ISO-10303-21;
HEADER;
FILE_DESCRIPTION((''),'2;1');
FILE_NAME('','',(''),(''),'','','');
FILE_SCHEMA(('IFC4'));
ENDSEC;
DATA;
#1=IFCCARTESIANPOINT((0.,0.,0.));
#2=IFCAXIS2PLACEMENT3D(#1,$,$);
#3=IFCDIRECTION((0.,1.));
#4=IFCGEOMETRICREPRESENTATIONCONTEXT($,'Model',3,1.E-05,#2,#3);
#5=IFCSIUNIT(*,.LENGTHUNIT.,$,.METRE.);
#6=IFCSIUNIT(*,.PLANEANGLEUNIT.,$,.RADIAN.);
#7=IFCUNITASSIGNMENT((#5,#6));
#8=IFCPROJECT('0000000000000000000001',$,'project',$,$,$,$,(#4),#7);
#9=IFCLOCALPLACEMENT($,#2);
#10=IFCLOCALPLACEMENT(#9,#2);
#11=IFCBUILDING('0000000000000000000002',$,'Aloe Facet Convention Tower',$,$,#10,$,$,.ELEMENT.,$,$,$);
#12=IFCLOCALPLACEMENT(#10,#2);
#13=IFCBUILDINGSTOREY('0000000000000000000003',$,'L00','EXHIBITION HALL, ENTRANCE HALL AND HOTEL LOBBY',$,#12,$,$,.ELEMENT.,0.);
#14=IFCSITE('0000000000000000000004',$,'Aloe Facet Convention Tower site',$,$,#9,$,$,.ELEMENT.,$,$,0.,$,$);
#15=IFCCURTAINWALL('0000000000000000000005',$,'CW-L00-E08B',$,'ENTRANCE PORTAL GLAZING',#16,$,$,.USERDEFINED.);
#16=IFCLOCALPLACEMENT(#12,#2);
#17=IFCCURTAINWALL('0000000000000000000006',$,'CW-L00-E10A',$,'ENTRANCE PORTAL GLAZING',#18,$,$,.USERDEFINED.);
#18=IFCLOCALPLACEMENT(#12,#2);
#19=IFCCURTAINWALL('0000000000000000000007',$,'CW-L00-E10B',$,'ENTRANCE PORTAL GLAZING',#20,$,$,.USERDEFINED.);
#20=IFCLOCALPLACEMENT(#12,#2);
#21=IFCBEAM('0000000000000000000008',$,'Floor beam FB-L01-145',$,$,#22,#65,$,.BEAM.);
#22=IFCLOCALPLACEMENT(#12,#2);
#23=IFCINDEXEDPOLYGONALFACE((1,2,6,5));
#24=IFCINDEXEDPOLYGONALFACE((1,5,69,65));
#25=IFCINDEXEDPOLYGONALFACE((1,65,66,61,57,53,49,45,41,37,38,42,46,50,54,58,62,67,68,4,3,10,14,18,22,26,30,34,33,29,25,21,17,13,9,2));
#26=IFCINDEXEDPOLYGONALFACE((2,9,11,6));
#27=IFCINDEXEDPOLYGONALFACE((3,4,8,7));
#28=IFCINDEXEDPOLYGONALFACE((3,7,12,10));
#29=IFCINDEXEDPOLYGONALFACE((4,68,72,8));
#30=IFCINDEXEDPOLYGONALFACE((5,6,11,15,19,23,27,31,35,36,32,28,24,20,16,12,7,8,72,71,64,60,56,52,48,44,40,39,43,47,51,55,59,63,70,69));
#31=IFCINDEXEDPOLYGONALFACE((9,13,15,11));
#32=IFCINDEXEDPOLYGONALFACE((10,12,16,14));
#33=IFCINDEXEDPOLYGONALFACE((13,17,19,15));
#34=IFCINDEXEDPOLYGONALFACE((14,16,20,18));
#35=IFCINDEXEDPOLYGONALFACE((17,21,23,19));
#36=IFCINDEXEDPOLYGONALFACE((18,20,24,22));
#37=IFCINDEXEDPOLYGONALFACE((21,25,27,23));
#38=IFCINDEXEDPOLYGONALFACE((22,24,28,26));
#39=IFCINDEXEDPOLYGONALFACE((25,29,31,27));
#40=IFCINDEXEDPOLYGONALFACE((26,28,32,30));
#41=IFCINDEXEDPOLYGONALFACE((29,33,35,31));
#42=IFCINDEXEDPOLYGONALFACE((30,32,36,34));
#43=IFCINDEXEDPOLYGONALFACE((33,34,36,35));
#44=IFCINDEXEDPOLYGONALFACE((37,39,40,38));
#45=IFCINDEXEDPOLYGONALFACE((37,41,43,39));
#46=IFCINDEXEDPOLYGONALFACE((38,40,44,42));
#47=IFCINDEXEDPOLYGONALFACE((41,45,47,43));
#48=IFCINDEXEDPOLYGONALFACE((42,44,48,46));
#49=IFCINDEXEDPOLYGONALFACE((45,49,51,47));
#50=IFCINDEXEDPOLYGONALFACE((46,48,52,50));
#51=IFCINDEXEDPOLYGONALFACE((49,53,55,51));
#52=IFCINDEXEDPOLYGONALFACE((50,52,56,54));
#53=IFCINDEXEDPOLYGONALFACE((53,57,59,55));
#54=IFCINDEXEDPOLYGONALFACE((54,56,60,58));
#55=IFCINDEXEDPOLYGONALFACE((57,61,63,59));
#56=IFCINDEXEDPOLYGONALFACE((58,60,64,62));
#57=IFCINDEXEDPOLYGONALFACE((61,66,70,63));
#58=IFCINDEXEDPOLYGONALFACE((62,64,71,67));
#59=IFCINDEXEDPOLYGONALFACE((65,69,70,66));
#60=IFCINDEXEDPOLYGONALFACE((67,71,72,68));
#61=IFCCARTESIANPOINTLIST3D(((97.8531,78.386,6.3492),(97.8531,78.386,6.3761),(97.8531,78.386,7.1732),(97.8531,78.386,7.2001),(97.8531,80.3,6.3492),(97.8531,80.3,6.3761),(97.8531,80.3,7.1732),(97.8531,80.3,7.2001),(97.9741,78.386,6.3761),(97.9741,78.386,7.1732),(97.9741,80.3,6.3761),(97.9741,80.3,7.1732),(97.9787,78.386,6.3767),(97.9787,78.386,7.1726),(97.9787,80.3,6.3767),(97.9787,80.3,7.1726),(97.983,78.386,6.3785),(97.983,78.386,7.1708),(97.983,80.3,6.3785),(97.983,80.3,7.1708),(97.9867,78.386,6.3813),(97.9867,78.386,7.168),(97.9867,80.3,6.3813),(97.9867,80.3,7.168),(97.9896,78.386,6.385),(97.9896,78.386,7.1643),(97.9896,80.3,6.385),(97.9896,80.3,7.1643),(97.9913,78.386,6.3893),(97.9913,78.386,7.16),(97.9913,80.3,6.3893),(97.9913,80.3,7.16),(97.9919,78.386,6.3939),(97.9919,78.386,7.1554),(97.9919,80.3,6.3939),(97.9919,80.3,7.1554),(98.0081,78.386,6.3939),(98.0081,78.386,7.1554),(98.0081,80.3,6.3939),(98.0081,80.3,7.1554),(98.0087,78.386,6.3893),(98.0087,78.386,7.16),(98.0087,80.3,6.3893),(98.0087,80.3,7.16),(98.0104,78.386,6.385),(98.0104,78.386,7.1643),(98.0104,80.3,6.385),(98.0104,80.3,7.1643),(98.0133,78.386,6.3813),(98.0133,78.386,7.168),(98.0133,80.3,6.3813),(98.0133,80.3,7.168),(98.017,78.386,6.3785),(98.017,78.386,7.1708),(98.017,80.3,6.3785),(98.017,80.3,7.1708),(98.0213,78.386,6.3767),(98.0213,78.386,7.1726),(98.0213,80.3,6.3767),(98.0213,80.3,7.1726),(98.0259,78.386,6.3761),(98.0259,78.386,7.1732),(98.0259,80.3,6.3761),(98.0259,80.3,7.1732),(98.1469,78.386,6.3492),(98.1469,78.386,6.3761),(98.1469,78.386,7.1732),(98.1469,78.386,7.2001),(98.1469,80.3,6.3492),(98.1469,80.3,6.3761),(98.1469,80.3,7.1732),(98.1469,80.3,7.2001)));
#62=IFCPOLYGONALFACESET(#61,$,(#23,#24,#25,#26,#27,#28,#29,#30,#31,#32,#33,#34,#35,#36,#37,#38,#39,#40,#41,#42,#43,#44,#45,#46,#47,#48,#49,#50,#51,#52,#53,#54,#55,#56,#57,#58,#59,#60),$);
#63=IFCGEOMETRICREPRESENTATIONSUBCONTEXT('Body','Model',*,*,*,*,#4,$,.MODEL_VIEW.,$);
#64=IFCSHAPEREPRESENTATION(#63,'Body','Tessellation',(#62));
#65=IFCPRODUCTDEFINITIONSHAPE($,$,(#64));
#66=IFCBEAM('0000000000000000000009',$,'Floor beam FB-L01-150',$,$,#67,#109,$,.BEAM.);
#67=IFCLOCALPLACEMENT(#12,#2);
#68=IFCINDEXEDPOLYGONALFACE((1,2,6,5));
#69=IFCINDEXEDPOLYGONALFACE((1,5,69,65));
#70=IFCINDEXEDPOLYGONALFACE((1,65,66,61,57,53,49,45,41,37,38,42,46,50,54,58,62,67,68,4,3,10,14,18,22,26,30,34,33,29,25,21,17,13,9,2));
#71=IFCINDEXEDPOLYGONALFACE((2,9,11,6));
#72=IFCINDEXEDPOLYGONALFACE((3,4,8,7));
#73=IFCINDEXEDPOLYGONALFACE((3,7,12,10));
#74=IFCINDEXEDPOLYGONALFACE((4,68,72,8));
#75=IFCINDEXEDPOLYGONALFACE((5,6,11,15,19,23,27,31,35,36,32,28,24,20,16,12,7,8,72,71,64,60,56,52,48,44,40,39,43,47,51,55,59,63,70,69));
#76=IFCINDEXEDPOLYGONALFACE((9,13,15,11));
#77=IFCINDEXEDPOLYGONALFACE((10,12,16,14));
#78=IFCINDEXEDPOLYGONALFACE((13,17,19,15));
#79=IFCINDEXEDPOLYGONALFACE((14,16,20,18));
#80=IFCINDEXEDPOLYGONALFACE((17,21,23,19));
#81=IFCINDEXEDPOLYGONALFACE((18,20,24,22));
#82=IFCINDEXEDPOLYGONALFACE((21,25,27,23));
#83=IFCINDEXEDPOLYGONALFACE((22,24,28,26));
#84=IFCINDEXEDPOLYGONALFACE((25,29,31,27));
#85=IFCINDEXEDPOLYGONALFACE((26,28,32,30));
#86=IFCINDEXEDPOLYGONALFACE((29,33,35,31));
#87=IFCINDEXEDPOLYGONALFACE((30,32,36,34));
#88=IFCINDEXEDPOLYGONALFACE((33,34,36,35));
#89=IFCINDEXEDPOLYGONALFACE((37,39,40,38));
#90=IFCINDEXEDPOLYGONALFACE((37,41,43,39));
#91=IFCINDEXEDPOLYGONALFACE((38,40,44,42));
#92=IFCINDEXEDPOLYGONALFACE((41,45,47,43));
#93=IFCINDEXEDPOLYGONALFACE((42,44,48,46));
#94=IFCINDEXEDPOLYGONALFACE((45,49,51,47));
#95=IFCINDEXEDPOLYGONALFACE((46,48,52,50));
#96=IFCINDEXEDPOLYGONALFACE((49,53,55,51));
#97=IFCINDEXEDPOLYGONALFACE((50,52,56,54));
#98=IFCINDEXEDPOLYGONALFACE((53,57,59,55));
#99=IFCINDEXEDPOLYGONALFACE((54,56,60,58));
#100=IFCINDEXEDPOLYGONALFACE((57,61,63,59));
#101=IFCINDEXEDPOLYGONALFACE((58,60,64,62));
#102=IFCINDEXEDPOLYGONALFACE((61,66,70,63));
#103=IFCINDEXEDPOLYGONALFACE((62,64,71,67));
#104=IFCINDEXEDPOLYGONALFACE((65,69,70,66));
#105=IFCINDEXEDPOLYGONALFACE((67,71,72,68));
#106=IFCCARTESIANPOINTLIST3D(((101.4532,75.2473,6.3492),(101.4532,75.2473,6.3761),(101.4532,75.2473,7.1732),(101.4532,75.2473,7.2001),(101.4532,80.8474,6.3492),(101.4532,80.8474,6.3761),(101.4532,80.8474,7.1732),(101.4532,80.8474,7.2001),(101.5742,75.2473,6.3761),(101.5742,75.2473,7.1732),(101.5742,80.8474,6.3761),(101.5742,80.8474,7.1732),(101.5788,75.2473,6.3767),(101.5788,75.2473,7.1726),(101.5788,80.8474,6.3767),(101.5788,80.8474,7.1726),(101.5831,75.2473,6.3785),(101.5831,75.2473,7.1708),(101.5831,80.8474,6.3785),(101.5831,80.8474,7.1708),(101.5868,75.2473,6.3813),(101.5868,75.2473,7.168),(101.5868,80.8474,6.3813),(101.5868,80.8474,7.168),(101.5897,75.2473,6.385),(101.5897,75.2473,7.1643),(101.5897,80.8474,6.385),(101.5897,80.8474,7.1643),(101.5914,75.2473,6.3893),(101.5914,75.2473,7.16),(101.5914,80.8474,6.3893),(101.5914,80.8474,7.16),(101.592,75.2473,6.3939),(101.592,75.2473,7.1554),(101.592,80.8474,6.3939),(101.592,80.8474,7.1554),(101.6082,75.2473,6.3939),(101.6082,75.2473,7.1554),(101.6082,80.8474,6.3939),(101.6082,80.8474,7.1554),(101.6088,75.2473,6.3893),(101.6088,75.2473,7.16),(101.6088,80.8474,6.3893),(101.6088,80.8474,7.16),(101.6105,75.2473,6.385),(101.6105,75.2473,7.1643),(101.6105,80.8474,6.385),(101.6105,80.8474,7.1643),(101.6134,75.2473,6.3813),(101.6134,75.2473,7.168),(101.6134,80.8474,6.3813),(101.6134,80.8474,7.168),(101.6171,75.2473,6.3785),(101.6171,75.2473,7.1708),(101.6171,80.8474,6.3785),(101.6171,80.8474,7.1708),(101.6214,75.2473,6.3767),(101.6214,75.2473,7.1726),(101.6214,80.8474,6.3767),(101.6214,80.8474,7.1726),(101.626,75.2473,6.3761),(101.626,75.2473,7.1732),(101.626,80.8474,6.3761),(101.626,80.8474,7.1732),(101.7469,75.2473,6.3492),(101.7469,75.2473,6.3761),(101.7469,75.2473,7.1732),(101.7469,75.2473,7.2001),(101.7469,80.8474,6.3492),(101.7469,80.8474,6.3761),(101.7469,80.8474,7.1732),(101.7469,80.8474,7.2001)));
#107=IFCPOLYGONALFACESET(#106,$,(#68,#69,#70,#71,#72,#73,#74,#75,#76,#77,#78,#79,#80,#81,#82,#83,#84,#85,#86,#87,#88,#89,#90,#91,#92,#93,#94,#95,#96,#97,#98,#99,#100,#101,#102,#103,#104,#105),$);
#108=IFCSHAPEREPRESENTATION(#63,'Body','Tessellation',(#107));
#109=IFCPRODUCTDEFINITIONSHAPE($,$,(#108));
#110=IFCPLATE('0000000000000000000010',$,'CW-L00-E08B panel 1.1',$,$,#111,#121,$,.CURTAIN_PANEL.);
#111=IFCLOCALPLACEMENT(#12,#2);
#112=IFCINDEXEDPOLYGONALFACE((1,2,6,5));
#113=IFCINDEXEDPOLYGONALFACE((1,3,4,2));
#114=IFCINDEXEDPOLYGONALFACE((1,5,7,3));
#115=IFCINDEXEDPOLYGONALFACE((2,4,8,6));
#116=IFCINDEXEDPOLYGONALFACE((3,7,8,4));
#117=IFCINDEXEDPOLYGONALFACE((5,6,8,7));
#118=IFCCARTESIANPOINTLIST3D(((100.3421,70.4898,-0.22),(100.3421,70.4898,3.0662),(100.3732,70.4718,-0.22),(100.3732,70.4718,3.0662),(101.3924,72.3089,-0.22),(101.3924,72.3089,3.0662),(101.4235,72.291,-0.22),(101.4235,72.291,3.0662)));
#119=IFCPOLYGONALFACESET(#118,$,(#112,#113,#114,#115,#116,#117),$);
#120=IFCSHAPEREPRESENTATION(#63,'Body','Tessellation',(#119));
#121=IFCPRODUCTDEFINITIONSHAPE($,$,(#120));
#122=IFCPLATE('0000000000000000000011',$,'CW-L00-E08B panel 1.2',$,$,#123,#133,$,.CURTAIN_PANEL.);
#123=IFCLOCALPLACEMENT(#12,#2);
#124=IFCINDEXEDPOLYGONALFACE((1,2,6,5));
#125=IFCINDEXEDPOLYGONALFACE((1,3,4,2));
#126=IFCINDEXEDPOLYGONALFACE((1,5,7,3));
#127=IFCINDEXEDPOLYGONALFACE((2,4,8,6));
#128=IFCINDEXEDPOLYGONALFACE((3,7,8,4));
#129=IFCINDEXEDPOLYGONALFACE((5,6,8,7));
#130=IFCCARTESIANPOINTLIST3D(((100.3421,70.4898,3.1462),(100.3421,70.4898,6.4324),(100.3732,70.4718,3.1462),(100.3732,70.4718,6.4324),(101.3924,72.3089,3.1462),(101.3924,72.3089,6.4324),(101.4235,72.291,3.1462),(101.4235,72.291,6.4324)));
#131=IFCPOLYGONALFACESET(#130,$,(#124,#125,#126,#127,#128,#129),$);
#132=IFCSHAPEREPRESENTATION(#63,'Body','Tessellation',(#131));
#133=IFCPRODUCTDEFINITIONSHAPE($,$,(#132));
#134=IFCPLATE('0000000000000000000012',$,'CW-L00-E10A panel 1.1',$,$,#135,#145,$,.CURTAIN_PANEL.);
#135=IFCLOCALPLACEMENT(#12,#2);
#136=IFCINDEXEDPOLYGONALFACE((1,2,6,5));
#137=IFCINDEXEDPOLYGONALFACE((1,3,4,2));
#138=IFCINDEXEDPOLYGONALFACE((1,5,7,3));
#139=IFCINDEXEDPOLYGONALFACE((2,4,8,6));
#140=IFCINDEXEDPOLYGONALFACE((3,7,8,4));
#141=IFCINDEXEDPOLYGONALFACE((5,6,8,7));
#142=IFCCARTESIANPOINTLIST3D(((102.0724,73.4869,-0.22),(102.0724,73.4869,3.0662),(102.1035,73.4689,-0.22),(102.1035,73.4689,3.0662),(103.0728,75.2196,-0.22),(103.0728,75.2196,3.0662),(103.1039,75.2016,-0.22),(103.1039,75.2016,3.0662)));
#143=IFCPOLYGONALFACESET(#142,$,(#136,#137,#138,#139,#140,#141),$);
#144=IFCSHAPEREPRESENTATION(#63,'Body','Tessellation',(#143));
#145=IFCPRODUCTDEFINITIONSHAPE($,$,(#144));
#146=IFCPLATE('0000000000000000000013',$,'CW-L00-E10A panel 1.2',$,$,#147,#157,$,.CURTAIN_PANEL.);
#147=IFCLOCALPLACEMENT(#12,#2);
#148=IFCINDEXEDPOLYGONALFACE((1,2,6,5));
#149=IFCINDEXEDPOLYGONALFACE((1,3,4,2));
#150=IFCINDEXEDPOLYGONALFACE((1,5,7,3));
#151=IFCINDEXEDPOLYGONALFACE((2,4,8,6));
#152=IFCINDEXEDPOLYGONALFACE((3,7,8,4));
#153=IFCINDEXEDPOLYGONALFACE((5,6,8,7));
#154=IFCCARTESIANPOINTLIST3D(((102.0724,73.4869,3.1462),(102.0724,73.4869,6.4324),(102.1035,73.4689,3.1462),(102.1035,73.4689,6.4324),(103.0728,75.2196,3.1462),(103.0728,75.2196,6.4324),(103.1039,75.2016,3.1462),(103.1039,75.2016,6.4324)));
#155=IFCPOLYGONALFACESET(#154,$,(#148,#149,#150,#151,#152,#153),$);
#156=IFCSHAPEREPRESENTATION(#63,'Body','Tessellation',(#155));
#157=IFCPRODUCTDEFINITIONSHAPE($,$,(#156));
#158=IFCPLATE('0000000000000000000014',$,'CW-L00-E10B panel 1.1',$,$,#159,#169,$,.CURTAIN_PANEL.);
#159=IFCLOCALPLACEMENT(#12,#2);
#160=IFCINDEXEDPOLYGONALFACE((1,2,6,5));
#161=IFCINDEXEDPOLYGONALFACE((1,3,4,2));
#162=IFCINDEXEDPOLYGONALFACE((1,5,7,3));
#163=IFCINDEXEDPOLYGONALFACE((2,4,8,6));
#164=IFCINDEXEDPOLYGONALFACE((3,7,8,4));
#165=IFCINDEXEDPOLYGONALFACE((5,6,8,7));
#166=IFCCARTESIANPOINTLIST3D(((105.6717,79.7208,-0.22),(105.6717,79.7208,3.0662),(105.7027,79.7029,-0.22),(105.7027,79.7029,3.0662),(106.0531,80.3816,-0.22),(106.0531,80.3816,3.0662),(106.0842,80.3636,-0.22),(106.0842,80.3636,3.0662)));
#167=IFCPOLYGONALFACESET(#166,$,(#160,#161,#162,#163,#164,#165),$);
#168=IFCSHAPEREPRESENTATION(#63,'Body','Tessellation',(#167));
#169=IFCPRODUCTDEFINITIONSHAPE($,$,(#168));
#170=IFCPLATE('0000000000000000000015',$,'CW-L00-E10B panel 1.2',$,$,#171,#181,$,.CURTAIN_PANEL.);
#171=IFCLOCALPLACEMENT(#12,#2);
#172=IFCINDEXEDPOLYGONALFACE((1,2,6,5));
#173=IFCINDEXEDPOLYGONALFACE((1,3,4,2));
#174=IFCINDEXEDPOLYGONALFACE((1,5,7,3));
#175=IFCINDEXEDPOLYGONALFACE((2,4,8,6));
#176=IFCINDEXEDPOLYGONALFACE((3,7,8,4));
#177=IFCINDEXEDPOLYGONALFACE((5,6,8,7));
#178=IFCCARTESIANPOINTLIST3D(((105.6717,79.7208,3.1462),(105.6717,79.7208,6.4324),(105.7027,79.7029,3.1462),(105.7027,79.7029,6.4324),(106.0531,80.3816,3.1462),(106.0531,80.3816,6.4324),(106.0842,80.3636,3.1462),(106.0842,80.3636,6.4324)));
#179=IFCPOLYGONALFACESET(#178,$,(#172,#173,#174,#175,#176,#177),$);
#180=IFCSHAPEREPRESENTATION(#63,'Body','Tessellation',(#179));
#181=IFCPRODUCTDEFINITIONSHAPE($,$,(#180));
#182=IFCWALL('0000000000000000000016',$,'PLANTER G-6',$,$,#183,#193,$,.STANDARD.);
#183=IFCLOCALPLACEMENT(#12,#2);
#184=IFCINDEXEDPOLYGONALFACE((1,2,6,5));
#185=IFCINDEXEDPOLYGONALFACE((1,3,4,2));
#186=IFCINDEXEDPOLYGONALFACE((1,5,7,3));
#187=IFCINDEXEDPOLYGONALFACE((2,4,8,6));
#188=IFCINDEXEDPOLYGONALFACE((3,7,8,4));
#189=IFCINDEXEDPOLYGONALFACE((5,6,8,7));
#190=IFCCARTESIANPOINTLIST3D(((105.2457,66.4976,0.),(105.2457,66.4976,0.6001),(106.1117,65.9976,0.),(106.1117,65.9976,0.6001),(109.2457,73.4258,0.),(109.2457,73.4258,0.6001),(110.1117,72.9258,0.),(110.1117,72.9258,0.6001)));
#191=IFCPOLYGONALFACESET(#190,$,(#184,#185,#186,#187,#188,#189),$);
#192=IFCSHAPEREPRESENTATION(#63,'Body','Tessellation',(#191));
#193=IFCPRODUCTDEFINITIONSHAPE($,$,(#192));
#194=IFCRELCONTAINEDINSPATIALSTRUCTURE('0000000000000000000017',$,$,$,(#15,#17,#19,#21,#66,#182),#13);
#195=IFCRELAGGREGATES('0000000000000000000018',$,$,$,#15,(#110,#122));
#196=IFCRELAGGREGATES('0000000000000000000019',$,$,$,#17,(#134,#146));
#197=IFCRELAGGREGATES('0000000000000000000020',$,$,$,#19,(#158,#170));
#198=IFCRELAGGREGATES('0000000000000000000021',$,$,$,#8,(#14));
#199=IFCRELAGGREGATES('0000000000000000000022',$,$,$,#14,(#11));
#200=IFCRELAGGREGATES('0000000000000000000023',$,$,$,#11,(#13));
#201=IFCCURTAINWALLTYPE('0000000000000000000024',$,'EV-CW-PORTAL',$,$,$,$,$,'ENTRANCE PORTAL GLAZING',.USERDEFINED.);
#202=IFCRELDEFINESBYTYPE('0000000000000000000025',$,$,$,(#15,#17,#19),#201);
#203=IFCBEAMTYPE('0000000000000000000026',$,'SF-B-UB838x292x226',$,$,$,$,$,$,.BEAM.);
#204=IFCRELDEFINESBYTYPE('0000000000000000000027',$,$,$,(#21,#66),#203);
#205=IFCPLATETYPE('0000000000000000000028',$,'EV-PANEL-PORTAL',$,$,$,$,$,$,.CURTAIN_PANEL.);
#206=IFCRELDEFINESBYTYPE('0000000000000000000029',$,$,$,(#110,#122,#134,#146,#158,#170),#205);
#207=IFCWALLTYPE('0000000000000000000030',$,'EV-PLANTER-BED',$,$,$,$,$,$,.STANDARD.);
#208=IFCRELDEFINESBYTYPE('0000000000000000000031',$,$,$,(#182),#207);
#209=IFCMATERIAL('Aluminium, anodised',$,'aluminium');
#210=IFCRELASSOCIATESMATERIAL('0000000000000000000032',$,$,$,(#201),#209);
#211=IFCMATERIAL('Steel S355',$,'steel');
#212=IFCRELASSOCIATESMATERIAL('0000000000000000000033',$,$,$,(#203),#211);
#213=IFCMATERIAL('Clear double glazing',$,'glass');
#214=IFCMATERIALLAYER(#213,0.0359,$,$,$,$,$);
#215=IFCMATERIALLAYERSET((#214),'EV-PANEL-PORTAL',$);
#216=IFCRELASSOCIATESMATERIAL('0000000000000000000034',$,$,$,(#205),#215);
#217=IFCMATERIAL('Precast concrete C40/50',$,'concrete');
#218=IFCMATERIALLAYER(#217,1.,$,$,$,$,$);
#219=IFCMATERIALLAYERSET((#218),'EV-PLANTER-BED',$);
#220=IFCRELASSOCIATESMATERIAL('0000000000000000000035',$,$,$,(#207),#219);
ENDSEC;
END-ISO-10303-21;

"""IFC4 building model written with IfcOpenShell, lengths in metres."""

from ifc_helpers import new_model, si_unit, direction, frame, frame_2d, origin, origin_2d, place, context, subcontext, project, spatial, rectangle, i_section, extrude, material, layer, layer_set, material_profile, profile_set, type_object, element, aggregate, save


model = new_model("IFC4")

# Units and contexts
model_context = context("Model", 3, precision=1e-05, world=origin(), true_north=direction((0.0, 1.0)))
body_context = subcontext(model_context, "Body", "Model", "MODEL_VIEW")
ifc_project = project(units=[si_unit("LENGTHUNIT", "METRE"), si_unit("PLANEANGLEUNIT", "RADIAN")], contexts=[model_context])

# Site, building, storey
site_placement = place(None, origin())
site = spatial("IfcSite", under=ifc_project, at=site_placement, Name="Aloe Facet Convention Tower site", CompositionType="ELEMENT", RefElevation=0.0)
building_placement = place(site_placement, origin())
building = spatial("IfcBuilding", under=site, at=building_placement, Name="Aloe Facet Convention Tower", CompositionType="ELEMENT")
storey_placement = place(building_placement, origin())
storey = spatial("IfcBuildingStorey", under=building, at=storey_placement, Name="L00", Description="EXHIBITION HALL, ENTRANCE HALL AND HOTEL LOBBY", CompositionType="ELEMENT", Elevation=0.0)

# Curtain walls
ifc_material_1 = material(Name="Aluminium, anodised", Category="aluminium")
curtain_wall_type = type_object("IfcCurtainWallType", Name="EV-CW-PORTAL", ElementType="ENTRANCE PORTAL GLAZING", PredefinedType="USERDEFINED", material=ifc_material_1)
curtain_wall_1_placement = place(storey_placement, origin())
curtain_wall_1 = element("IfcCurtainWall", 1, at=curtain_wall_1_placement, inside=storey, type_object=curtain_wall_type, Name="CW-L00-E08B", ObjectType="ENTRANCE PORTAL GLAZING", PredefinedType="USERDEFINED")
curtain_wall_2_placement = place(storey_placement, origin())
curtain_wall_2 = element("IfcCurtainWall", 2, at=curtain_wall_2_placement, inside=storey, type_object=curtain_wall_type, Name="CW-L00-E10A", ObjectType="ENTRANCE PORTAL GLAZING", PredefinedType="USERDEFINED")

# Curtain wall
curtain_wall_3_placement = place(storey_placement, origin())
curtain_wall_3 = element("IfcCurtainWall", 3, at=curtain_wall_3_placement, inside=storey, type_object=curtain_wall_type, Name="CW-L00-E10B", ObjectType="ENTRANCE PORTAL GLAZING", PredefinedType="USERDEFINED")

# Beams
ifc_material_2 = material(Name="Steel S355", Category="steel")
ifc_material_profile_1 = material_profile(ifc_material_2, i_section(OverallWidth=0.2937, OverallDepth=0.8508, WebThickness=0.0161, FlangeThickness=0.0269, FilletRadius=0.0178, at=origin_2d()), Name="UB 838x292x226")
ifc_profile_set_1 = profile_set([ifc_material_profile_1], Name="Steel S355")
beam_type_1 = type_object("IfcBeamType", Name="SF-B-UB838x292x226", PredefinedType="BEAM", material=ifc_profile_set_1)
beam_1_placement = place(storey_placement, frame((98.0, 78.386, 6.7747), z_axis=(0.0, 1.0, 0.0), x_axis=(-1.0, 0.0, 0.0)))
element("IfcBeam", 4, at=beam_1_placement, inside=storey, type_object=beam_type_1, Name="Floor beam FB-L01-145", PredefinedType="BEAM", context=body_context, shape_type="SweptSolid", body=[
    extrude(i_section(OverallWidth=0.2937, OverallDepth=0.8508, WebThickness=0.0161, FlangeThickness=0.0269, FilletRadius=0.0178, at=origin_2d()), origin(), (0.0, 0.0, 1.0), 1.9141),
])
beam_2_placement = place(storey_placement, frame((101.6001, 75.2473, 6.7747), z_axis=(0.0, 1.0, 0.0), x_axis=(-1.0, 0.0, 0.0)))
element("IfcBeam", 5, at=beam_2_placement, inside=storey, type_object=beam_type_1, Name="Floor beam FB-L01-150", PredefinedType="BEAM", context=body_context, shape_type="SweptSolid", body=[
    extrude(i_section(OverallWidth=0.2937, OverallDepth=0.8508, WebThickness=0.0161, FlangeThickness=0.0269, FilletRadius=0.0178, at=origin_2d()), origin(), (0.0, 0.0, 1.0), 5.6001),
])

# Plates
ifc_material_3 = material(Name="Clear double glazing", Category="glass")
ifc_layer_1 = layer(ifc_material_3, 0.0359)
ifc_layer_set_1 = layer_set([ifc_layer_1], Name="EV-PANEL-PORTAL")
plate_type = type_object("IfcPlateType", Name="EV-PANEL-PORTAL", PredefinedType="CURTAIN_PANEL", material=ifc_layer_set_1)
plate_1_placement = place(storey_placement, frame((100.8828, 71.3904, -0.22), z_axis=(0.0, 0.0, 1.0), x_axis=(0.5, 0.866025, 0.0)))
plate_1 = element("IfcPlate", 6, at=plate_1_placement, type_object=plate_type, Name="CW-L00-E08B panel 1.1", PredefinedType="CURTAIN_PANEL", context=body_context, shape_type="SweptSolid", body=[
    extrude(rectangle(XDim=2.1006, YDim=0.0359, at=origin_2d()), origin(), (0.0, 0.0, 1.0), 3.2861),
])
plate_2_placement = place(storey_placement, frame((100.8828, 71.3904, 3.1462), z_axis=(0.0, 0.0, 1.0), x_axis=(0.5, 0.866025, 0.0)))
plate_2 = element("IfcPlate", 7, at=plate_2_placement, type_object=plate_type, Name="CW-L00-E08B panel 1.2", PredefinedType="CURTAIN_PANEL", context=body_context, shape_type="SweptSolid", body=[
    extrude(rectangle(XDim=2.1006, YDim=0.0359, at=origin_2d()), origin(), (0.0, 0.0, 1.0), 3.2861),
])
aggregate(curtain_wall_1, [plate_1, plate_2])
plate_3_placement = place(storey_placement, frame((102.5881, 74.3442, -0.22), z_axis=(0.0, 0.0, 1.0), x_axis=(0.5, 0.866025, 0.0)))
plate_3 = element("IfcPlate", 8, at=plate_3_placement, type_object=plate_type, Name="CW-L00-E10A panel 1.1", PredefinedType="CURTAIN_PANEL", context=body_context, shape_type="SweptSolid", body=[
    extrude(rectangle(XDim=2.0007, YDim=0.0359, at=origin_2d()), origin(), (0.0, 0.0, 1.0), 3.2861),
])
plate_4_placement = place(storey_placement, frame((102.5881, 74.3442, 3.1462), z_axis=(0.0, 0.0, 1.0), x_axis=(0.5, 0.866025, 0.0)))
plate_4 = element("IfcPlate", 9, at=plate_4_placement, type_object=plate_type, Name="CW-L00-E10A panel 1.2", PredefinedType="CURTAIN_PANEL", context=body_context, shape_type="SweptSolid", body=[
    extrude(rectangle(XDim=2.0007, YDim=0.0359, at=origin_2d()), origin(), (0.0, 0.0, 1.0), 3.2861),
])
aggregate(curtain_wall_2, [plate_3, plate_4])
plate_5_placement = place(storey_placement, frame((105.8779, 80.0422, -0.22), z_axis=(0.0, 0.0, 1.0), x_axis=(0.5, 0.866025, 0.0)))
plate_5 = element("IfcPlate", 10, at=plate_5_placement, type_object=plate_type, Name="CW-L00-E10B panel 1.1", PredefinedType="CURTAIN_PANEL", context=body_context, shape_type="SweptSolid", body=[
    extrude(rectangle(XDim=0.7629, YDim=0.0359, at=origin_2d()), origin(), (0.0, 0.0, 1.0), 3.2861),
])
plate_6_placement = place(storey_placement, frame((105.8779, 80.0422, 3.1462), z_axis=(0.0, 0.0, 1.0), x_axis=(0.5, 0.866025, 0.0)))
plate_6 = element("IfcPlate", 11, at=plate_6_placement, type_object=plate_type, Name="CW-L00-E10B panel 1.2", PredefinedType="CURTAIN_PANEL", context=body_context, shape_type="SweptSolid", body=[
    extrude(rectangle(XDim=0.7629, YDim=0.0359, at=origin_2d()), origin(), (0.0, 0.0, 1.0), 3.2861),
])
aggregate(curtain_wall_3, [plate_5, plate_6])

# Wall
ifc_material_4 = material(Name="Precast concrete C40/50", Category="concrete")
ifc_layer_2 = layer(ifc_material_4, 1.0)
ifc_layer_set_2 = layer_set([ifc_layer_2], Name="EV-PLANTER-BED")
wall_type_1 = type_object("IfcWallType", Name="EV-PLANTER-BED", PredefinedType="STANDARD", material=ifc_layer_set_2)
for number, where, z_axis, x_axis, name in (
    (12, (109.6787, 73.1758, 0.0), (0.0, 0.0, 1.0), (-0.499999, -0.866026, 0.0), "PLANTER G-6"),
):
    element("IfcWall", number, at=place(storey_placement, frame(where, z_axis=z_axis, x_axis=x_axis)), inside=storey, type_object=wall_type_1, Name=name, PredefinedType="STANDARD", context=body_context, shape_type="SweptSolid", body=[
        extrude(rectangle(XDim=8.0, YDim=1.0, at=frame_2d((4.0, 0.0))), origin(), (0.0, 0.0, 1.0), 0.6001),
    ])

save(model, "model.ifc")
